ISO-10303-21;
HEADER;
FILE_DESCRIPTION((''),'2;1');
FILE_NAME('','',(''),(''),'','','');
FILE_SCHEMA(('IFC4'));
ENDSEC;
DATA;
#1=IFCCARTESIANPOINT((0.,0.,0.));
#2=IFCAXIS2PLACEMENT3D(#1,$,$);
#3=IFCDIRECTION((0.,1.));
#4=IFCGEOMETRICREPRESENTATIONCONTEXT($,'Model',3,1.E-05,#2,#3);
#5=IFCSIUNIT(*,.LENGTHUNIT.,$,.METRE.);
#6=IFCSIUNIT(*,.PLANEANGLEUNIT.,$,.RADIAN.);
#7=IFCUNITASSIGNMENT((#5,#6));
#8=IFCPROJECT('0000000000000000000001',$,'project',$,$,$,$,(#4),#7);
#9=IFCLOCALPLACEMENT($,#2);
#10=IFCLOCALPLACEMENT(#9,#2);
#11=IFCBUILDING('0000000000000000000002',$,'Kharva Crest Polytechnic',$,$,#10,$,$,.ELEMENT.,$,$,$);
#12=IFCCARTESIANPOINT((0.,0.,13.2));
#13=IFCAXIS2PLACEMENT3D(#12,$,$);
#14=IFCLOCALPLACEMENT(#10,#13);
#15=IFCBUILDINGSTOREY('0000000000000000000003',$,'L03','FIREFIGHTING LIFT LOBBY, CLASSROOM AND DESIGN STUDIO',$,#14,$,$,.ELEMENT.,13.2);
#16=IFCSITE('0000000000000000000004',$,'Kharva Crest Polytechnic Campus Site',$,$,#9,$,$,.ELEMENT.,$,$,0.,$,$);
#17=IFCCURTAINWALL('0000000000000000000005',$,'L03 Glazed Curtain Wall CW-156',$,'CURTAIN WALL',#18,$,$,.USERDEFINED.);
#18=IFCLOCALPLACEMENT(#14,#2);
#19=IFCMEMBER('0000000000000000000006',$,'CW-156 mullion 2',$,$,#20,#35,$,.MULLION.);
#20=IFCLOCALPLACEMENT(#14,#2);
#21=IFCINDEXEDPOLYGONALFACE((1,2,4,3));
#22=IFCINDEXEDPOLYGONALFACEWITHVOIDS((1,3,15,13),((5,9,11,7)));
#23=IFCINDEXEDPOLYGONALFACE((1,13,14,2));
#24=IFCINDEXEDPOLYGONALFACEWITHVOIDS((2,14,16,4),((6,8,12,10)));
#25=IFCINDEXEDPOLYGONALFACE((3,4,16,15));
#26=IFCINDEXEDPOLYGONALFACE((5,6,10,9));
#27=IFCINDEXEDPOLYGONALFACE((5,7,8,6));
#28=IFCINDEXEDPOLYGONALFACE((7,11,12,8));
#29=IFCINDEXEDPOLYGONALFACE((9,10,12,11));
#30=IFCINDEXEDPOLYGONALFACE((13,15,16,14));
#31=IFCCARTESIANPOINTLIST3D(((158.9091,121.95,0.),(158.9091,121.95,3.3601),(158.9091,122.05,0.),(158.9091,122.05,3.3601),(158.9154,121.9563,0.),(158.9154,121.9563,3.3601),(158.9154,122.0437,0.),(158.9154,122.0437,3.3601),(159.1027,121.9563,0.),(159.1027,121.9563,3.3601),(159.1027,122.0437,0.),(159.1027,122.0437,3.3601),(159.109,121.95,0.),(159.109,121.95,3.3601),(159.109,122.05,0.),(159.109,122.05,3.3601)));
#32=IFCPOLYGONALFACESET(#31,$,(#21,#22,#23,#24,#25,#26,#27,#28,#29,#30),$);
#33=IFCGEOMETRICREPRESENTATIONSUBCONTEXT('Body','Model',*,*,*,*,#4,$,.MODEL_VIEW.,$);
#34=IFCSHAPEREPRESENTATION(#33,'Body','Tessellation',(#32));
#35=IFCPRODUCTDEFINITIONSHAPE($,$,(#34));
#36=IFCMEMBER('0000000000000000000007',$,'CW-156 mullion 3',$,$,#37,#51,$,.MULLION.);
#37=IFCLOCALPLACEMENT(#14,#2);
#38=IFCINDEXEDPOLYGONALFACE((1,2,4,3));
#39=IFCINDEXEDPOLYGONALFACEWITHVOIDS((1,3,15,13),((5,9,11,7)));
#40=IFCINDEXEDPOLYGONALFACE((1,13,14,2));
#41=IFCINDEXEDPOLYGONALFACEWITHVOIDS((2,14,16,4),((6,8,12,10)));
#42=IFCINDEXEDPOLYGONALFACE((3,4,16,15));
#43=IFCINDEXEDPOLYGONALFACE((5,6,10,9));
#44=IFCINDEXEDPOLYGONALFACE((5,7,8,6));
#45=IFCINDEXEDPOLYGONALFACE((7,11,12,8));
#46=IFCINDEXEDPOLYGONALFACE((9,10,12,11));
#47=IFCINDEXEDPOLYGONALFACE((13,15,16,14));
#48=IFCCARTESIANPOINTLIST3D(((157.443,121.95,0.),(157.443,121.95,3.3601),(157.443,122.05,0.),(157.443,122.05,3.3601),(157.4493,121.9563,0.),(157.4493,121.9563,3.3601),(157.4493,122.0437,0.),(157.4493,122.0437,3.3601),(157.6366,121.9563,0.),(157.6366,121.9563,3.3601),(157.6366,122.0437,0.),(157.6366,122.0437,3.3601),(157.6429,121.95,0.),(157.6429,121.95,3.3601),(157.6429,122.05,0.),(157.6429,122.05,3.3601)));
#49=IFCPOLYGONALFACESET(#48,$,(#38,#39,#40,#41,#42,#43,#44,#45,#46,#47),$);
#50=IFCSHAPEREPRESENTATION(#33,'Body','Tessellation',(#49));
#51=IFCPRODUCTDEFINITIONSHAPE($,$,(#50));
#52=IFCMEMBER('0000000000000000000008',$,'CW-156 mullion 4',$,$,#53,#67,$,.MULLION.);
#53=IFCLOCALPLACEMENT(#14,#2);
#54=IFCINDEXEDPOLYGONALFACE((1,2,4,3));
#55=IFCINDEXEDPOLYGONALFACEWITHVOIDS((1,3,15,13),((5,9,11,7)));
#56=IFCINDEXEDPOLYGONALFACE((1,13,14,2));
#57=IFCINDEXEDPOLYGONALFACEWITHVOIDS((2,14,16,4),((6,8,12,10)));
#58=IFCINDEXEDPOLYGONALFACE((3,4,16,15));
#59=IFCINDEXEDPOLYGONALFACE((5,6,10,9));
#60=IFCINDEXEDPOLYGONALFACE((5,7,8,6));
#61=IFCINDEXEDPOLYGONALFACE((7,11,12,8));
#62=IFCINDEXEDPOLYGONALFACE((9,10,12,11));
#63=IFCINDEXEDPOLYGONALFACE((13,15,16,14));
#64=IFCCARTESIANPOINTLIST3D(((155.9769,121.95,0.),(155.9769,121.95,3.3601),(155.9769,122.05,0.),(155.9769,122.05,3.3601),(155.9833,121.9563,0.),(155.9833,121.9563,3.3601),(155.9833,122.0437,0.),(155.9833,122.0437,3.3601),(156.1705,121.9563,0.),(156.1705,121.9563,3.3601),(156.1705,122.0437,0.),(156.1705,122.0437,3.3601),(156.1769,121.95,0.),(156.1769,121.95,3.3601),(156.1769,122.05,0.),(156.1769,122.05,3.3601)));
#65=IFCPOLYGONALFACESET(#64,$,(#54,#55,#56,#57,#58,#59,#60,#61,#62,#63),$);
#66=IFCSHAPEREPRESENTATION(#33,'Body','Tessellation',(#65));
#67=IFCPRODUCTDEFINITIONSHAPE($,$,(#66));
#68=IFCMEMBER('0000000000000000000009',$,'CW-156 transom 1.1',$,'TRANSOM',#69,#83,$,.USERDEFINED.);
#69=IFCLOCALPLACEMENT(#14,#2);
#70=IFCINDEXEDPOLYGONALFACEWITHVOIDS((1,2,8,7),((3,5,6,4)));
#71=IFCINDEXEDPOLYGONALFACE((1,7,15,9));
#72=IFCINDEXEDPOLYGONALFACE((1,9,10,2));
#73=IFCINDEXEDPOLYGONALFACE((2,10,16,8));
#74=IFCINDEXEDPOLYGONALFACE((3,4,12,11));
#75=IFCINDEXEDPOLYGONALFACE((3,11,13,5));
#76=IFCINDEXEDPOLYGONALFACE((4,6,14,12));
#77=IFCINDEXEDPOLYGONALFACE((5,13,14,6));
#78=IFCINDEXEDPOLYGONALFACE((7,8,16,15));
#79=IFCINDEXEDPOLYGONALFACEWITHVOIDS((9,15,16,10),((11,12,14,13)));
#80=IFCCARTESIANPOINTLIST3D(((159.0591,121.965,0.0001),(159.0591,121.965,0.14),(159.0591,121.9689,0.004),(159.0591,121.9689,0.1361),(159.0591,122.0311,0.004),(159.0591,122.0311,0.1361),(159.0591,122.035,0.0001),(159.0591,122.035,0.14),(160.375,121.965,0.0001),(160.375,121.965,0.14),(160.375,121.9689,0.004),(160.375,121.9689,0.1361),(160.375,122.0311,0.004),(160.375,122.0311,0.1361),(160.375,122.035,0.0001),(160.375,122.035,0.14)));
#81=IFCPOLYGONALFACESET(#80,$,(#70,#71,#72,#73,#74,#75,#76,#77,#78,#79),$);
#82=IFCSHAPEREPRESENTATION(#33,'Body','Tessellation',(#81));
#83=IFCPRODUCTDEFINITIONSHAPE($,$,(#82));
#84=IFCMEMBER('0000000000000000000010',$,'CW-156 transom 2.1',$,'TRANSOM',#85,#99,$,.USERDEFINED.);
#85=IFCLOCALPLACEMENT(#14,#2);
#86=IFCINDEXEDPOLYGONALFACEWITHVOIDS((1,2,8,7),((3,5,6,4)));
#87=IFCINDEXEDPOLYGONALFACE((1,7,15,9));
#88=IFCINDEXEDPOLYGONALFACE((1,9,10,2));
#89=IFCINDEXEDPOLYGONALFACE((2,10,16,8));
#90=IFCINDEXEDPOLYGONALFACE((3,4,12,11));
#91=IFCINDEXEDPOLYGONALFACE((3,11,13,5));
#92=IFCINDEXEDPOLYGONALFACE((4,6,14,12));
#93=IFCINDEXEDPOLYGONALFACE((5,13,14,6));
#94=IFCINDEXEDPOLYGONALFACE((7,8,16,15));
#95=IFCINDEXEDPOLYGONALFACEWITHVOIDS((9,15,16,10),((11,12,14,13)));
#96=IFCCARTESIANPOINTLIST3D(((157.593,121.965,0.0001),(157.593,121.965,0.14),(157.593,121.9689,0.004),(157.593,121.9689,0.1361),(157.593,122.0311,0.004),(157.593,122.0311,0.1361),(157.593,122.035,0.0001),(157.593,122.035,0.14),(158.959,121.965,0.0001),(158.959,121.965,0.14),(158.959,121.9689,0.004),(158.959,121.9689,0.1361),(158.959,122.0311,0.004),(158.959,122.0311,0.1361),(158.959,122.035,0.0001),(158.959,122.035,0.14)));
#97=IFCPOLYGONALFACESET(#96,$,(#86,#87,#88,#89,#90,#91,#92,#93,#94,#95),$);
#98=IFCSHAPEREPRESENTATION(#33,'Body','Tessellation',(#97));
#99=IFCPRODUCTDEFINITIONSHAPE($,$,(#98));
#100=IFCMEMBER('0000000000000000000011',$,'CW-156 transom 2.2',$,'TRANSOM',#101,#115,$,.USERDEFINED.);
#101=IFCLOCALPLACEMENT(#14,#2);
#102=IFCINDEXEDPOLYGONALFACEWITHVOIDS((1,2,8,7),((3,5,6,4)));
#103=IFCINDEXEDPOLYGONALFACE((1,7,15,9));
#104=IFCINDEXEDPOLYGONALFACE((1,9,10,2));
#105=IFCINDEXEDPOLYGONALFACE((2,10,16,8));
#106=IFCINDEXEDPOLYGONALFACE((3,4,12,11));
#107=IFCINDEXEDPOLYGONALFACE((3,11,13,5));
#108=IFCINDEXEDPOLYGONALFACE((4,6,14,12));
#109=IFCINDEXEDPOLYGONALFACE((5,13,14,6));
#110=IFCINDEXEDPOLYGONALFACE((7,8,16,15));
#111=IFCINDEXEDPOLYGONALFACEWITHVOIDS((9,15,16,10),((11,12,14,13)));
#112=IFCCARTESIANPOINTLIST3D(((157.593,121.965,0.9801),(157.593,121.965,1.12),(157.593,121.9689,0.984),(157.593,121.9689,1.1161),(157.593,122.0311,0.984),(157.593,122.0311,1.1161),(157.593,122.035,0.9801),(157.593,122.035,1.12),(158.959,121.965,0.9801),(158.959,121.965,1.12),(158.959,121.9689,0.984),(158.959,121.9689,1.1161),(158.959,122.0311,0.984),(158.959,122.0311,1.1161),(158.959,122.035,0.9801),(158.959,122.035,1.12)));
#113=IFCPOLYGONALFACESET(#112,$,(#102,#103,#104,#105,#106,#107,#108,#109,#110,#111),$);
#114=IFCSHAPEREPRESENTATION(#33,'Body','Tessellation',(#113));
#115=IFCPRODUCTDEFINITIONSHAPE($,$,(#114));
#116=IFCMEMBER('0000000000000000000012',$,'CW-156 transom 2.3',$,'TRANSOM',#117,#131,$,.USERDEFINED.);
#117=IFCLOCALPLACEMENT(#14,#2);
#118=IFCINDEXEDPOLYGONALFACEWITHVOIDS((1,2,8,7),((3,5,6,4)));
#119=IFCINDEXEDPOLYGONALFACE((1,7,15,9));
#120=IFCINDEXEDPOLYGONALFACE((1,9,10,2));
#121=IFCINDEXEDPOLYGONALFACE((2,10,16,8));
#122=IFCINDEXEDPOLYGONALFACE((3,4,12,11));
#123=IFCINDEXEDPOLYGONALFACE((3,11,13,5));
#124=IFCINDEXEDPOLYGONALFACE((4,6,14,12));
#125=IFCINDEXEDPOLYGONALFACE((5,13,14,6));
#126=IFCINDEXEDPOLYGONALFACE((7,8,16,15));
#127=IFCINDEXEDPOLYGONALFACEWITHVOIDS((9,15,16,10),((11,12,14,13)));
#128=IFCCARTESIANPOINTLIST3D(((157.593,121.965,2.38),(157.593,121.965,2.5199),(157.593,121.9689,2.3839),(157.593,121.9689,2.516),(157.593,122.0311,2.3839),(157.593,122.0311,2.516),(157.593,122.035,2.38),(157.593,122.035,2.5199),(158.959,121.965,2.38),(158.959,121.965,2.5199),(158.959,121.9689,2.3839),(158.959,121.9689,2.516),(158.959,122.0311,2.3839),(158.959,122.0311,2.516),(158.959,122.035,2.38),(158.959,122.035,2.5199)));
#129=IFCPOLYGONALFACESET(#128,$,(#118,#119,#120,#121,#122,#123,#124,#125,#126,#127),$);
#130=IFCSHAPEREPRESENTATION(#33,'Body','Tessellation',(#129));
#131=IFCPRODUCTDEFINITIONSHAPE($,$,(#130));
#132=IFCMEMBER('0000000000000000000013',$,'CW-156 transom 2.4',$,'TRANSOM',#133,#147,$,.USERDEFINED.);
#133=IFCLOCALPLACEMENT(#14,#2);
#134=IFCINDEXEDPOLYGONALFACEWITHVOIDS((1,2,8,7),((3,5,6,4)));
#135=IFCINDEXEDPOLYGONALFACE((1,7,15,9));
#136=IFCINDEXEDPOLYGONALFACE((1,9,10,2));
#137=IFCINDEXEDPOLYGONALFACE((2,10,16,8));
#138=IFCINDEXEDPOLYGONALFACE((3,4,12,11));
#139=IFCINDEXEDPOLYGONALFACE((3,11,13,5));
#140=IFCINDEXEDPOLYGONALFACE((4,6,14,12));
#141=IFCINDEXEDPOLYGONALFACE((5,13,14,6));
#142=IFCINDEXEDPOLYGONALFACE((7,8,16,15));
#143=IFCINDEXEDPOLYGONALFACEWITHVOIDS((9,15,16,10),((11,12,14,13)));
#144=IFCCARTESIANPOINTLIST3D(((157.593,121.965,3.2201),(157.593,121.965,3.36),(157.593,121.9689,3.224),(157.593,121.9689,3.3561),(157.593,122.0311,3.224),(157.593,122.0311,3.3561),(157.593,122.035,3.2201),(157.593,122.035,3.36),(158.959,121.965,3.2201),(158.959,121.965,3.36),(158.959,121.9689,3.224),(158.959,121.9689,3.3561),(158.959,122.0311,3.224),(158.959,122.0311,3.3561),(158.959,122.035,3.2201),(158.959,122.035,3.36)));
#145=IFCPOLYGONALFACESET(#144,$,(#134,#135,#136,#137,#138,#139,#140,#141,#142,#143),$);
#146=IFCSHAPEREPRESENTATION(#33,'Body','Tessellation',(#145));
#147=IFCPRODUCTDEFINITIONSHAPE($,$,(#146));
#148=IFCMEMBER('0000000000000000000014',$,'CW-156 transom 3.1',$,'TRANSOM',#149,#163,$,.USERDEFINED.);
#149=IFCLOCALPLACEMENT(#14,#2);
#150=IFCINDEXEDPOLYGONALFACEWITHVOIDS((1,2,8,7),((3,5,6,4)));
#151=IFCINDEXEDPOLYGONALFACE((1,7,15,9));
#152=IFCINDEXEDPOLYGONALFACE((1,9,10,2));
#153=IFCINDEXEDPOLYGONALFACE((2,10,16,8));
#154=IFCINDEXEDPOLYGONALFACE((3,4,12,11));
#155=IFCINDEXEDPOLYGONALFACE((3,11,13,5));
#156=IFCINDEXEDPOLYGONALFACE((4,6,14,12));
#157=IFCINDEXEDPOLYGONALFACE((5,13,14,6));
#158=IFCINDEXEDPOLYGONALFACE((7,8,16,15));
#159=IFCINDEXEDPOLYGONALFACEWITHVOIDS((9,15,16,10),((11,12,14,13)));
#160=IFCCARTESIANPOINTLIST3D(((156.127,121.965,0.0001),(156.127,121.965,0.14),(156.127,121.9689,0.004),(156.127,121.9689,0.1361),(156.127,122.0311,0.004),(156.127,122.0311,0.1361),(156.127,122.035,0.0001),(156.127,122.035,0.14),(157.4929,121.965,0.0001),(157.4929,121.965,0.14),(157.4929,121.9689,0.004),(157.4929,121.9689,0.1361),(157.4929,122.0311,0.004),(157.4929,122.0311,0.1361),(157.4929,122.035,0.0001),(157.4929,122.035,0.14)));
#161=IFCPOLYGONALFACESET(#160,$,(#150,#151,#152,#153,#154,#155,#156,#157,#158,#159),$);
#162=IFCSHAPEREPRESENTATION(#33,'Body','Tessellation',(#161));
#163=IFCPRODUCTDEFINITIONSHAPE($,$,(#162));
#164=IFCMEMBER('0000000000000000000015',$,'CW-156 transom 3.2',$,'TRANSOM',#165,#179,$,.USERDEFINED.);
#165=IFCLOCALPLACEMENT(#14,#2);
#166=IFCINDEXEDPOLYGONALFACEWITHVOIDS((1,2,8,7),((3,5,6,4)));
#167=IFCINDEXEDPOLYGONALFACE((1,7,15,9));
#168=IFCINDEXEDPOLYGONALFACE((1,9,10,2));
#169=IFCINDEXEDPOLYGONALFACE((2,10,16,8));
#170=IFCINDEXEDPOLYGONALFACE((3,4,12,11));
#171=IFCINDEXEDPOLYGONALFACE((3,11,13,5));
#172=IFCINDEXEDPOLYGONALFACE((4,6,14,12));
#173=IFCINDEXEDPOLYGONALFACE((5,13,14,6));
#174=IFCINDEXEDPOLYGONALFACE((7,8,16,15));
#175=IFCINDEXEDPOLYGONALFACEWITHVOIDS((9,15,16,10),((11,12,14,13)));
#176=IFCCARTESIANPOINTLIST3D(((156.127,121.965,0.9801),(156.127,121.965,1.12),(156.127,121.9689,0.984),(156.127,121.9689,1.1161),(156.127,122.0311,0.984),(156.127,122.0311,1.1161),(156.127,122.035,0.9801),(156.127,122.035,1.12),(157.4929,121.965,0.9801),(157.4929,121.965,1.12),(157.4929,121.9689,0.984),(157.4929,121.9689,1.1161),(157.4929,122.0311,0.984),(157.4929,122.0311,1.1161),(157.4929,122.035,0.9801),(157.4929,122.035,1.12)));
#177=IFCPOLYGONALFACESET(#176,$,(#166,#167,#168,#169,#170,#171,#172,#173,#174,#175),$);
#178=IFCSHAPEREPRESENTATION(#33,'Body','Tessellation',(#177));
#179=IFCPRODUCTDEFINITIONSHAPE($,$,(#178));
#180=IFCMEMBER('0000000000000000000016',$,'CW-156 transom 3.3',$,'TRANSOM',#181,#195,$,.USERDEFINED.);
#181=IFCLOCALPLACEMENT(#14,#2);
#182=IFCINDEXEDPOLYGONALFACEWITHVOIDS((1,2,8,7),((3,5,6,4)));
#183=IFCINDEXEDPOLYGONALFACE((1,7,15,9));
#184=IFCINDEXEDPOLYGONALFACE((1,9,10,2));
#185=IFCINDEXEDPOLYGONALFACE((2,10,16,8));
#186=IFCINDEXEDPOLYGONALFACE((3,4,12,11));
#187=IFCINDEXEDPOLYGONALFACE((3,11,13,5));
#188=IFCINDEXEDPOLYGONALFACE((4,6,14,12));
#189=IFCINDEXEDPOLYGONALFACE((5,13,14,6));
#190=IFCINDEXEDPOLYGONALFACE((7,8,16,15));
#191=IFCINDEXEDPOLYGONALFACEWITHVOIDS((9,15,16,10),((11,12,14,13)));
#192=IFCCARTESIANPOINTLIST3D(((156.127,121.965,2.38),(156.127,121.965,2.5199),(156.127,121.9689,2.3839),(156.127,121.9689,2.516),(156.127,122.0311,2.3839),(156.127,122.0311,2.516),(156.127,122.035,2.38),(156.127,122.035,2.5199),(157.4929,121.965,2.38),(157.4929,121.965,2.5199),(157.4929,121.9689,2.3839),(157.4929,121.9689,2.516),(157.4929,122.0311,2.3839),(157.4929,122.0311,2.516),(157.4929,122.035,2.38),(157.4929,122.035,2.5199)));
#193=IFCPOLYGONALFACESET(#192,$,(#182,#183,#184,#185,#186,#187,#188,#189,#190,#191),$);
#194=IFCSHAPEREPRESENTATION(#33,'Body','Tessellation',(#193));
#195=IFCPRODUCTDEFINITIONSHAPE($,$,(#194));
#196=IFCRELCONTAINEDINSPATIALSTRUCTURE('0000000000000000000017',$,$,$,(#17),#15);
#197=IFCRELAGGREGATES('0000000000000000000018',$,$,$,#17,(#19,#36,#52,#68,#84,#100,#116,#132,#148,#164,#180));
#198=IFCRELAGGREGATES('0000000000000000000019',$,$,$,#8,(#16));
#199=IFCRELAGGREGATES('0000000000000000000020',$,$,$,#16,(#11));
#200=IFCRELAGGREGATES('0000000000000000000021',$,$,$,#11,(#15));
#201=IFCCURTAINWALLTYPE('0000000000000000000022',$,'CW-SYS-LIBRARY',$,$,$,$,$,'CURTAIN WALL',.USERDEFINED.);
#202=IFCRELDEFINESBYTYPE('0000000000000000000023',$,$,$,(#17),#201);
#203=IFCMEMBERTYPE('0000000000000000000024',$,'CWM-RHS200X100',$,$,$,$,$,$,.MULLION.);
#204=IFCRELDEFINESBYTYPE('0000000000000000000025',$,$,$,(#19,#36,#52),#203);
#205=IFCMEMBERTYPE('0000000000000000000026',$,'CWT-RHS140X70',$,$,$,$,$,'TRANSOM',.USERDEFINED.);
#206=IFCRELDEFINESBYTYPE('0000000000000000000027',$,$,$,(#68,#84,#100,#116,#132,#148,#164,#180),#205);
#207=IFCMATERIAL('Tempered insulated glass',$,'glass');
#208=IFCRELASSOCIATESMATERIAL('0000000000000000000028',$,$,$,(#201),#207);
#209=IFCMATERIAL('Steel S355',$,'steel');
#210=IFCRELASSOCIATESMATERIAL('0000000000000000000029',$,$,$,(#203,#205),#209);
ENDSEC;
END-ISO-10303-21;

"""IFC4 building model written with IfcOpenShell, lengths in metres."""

from ifc_helpers import new_model, si_unit, direction, frame, origin, origin_2d, place, context, subcontext, project, spatial, hollow_rectangle, extrude, material, material_profile, profile_set, type_object, element, aggregate, save


model = new_model("IFC4")

# Units and contexts
model_context = context("Model", 3, precision=1e-05, world=origin(), true_north=direction((0.0, 1.0)))
body_context = subcontext(model_context, "Body", "Model", "MODEL_VIEW")
ifc_project = project(units=[si_unit("LENGTHUNIT", "METRE"), si_unit("PLANEANGLEUNIT", "RADIAN")], contexts=[model_context])

# Site, building, storey
site_placement = place(None, origin())
site = spatial("IfcSite", under=ifc_project, at=site_placement, Name="Kharva Crest Polytechnic Campus Site", CompositionType="ELEMENT", RefElevation=0.0)
building_placement = place(site_placement, origin())
building = spatial("IfcBuilding", under=site, at=building_placement, Name="Kharva Crest Polytechnic", CompositionType="ELEMENT")
storey_placement = place(building_placement, frame((0.0, 0.0, 13.2)))
storey = spatial("IfcBuildingStorey", under=building, at=storey_placement, Name="L03", Description="FIREFIGHTING LIFT LOBBY, CLASSROOM AND DESIGN STUDIO", CompositionType="ELEMENT", Elevation=13.2)

# Curtain wall, members
ifc_material_1 = material(Name="Tempered insulated glass", Category="glass")
curtain_wall_type = type_object("IfcCurtainWallType", Name="CW-SYS-LIBRARY", ElementType="CURTAIN WALL", PredefinedType="USERDEFINED", material=ifc_material_1)
curtain_wall_placement = place(storey_placement, origin())
curtain_wall = element("IfcCurtainWall", 1, at=curtain_wall_placement, inside=storey, type_object=curtain_wall_type, Name="L03 Glazed Curtain Wall CW-156", ObjectType="CURTAIN WALL", PredefinedType="USERDEFINED")
ifc_material_2 = material(Name="Steel S355", Category="steel")
ifc_material_profile_1 = material_profile(ifc_material_2, hollow_rectangle(XDim=0.1001, YDim=0.2, WallThickness=0.0063, at=origin_2d()), Name="RHS 200X100X6.3")
ifc_profile_set_1 = profile_set([ifc_material_profile_1], Name="Steel S355")
member_type_1 = type_object("IfcMemberType", Name="CWM-RHS200X100", PredefinedType="MULLION", material=ifc_profile_set_1)
member_1_placement = place(storey_placement, frame((159.009, 122.0, 0.0), z_axis=(0.0, 0.0, 1.0), x_axis=(0.0, -1.0, 0.0)))
member_1 = element("IfcMember", 2, at=member_1_placement, type_object=member_type_1, Name="CW-156 mullion 2", PredefinedType="MULLION", context=body_context, shape_type="SweptSolid", body=[
    extrude(hollow_rectangle(XDim=0.1001, YDim=0.2, WallThickness=0.0063, at=origin_2d()), origin(), (0.0, 0.0, 1.0), 3.3601),
])
member_2_placement = place(storey_placement, frame((157.543, 122.0, 0.0), z_axis=(0.0, 0.0, 1.0), x_axis=(0.0, -1.0, 0.0)))
member_2 = element("IfcMember", 3, at=member_2_placement, type_object=member_type_1, Name="CW-156 mullion 3", PredefinedType="MULLION", context=body_context, shape_type="SweptSolid", body=[
    extrude(hollow_rectangle(XDim=0.1001, YDim=0.2, WallThickness=0.0063, at=origin_2d()), origin(), (0.0, 0.0, 1.0), 3.3601),
])
member_3_placement = place(storey_placement, frame((156.0769, 122.0, 0.0), z_axis=(0.0, 0.0, 1.0), x_axis=(0.0, -1.0, 0.0)))
member_3 = element("IfcMember", 4, at=member_3_placement, type_object=member_type_1, Name="CW-156 mullion 4", PredefinedType="MULLION", context=body_context, shape_type="SweptSolid", body=[
    extrude(hollow_rectangle(XDim=0.1001, YDim=0.2, WallThickness=0.0063, at=origin_2d()), origin(), (0.0, 0.0, 1.0), 3.3601),
])
ifc_material_profile_2 = material_profile(ifc_material_2, hollow_rectangle(XDim=0.0701, YDim=0.1399, WallThickness=0.0039, at=origin_2d()), Name="RHS 140X70X4.0")
ifc_profile_set_2 = profile_set([ifc_material_profile_2], Name="Steel S355")
member_type_2 = type_object("IfcMemberType", Name="CWT-RHS140X70", ElementType="TRANSOM", PredefinedType="USERDEFINED", material=ifc_profile_set_2)
member_4_placement = place(storey_placement, frame((160.375, 122.0, 0.0701), z_axis=(-1.0, 0.0, 0.0), x_axis=(0.0, -1.0, 0.0)))
member_4 = element("IfcMember", 5, at=member_4_placement, type_object=member_type_2, Name="CW-156 transom 1.1", ObjectType="TRANSOM", PredefinedType="USERDEFINED", context=body_context, shape_type="SweptSolid", body=[
    extrude(hollow_rectangle(XDim=0.0701, YDim=0.1399, WallThickness=0.0039, at=origin_2d()), origin(), (0.0, 0.0, 1.0), 1.3159),
])
member_5_placement = place(storey_placement, frame((158.959, 122.0, 0.0701), z_axis=(-1.0, 0.0, 0.0), x_axis=(0.0, -1.0, 0.0)))
member_5 = element("IfcMember", 6, at=member_5_placement, type_object=member_type_2, Name="CW-156 transom 2.1", ObjectType="TRANSOM", PredefinedType="USERDEFINED", context=body_context, shape_type="SweptSolid", body=[
    extrude(hollow_rectangle(XDim=0.0701, YDim=0.1399, WallThickness=0.0039, at=origin_2d()), origin(), (0.0, 0.0, 1.0), 1.366),
])
member_6_placement = place(storey_placement, frame((158.959, 122.0, 1.05), z_axis=(-1.0, 0.0, 0.0), x_axis=(0.0, -1.0, 0.0)))
member_6 = element("IfcMember", 7, at=member_6_placement, type_object=member_type_2, Name="CW-156 transom 2.2", ObjectType="TRANSOM", PredefinedType="USERDEFINED", context=body_context, shape_type="SweptSolid", body=[
    extrude(hollow_rectangle(XDim=0.0701, YDim=0.1399, WallThickness=0.0039, at=origin_2d()), origin(), (0.0, 0.0, 1.0), 1.366),
])
member_7_placement = place(storey_placement, frame((158.959, 122.0, 2.45), z_axis=(-1.0, 0.0, 0.0), x_axis=(0.0, -1.0, 0.0)))
member_7 = element("IfcMember", 8, at=member_7_placement, type_object=member_type_2, Name="CW-156 transom 2.3", ObjectType="TRANSOM", PredefinedType="USERDEFINED", context=body_context, shape_type="SweptSolid", body=[
    extrude(hollow_rectangle(XDim=0.0701, YDim=0.1399, WallThickness=0.0039, at=origin_2d()), origin(), (0.0, 0.0, 1.0), 1.366),
])
member_8_placement = place(storey_placement, frame((158.959, 122.0, 3.29), z_axis=(-1.0, 0.0, 0.0), x_axis=(0.0, -1.0, 0.0)))
member_8 = element("IfcMember", 9, at=member_8_placement, type_object=member_type_2, Name="CW-156 transom 2.4", ObjectType="TRANSOM", PredefinedType="USERDEFINED", context=body_context, shape_type="SweptSolid", body=[
    extrude(hollow_rectangle(XDim=0.0701, YDim=0.1399, WallThickness=0.0039, at=origin_2d()), origin(), (0.0, 0.0, 1.0), 1.366),
])
member_9_placement = place(storey_placement, frame((157.4929, 122.0, 0.0701), z_axis=(-1.0, 0.0, 0.0), x_axis=(0.0, -1.0, 0.0)))
member_9 = element("IfcMember", 10, at=member_9_placement, type_object=member_type_2, Name="CW-156 transom 3.1", ObjectType="TRANSOM", PredefinedType="USERDEFINED", context=body_context, shape_type="SweptSolid", body=[
    extrude(hollow_rectangle(XDim=0.0701, YDim=0.1399, WallThickness=0.0039, at=origin_2d()), origin(), (0.0, 0.0, 1.0), 1.366),
])
member_10_placement = place(storey_placement, frame((157.4929, 122.0, 1.05), z_axis=(-1.0, 0.0, 0.0), x_axis=(0.0, -1.0, 0.0)))
member_10 = element("IfcMember", 11, at=member_10_placement, type_object=member_type_2, Name="CW-156 transom 3.2", ObjectType="TRANSOM", PredefinedType="USERDEFINED", context=body_context, shape_type="SweptSolid", body=[
    extrude(hollow_rectangle(XDim=0.0701, YDim=0.1399, WallThickness=0.0039, at=origin_2d()), origin(), (0.0, 0.0, 1.0), 1.366),
])
member_11_placement = place(storey_placement, frame((157.4929, 122.0, 2.45), z_axis=(-1.0, 0.0, 0.0), x_axis=(0.0, -1.0, 0.0)))
member_11 = element("IfcMember", 12, at=member_11_placement, type_object=member_type_2, Name="CW-156 transom 3.3", ObjectType="TRANSOM", PredefinedType="USERDEFINED", context=body_context, shape_type="SweptSolid", body=[
    extrude(hollow_rectangle(XDim=0.0701, YDim=0.1399, WallThickness=0.0039, at=origin_2d()), origin(), (0.0, 0.0, 1.0), 1.366),
])
aggregate(curtain_wall, [member_1, member_2, member_3, member_4, member_5, member_6, member_7, member_8, member_9, member_10, member_11])

save(model, "model.ifc")
